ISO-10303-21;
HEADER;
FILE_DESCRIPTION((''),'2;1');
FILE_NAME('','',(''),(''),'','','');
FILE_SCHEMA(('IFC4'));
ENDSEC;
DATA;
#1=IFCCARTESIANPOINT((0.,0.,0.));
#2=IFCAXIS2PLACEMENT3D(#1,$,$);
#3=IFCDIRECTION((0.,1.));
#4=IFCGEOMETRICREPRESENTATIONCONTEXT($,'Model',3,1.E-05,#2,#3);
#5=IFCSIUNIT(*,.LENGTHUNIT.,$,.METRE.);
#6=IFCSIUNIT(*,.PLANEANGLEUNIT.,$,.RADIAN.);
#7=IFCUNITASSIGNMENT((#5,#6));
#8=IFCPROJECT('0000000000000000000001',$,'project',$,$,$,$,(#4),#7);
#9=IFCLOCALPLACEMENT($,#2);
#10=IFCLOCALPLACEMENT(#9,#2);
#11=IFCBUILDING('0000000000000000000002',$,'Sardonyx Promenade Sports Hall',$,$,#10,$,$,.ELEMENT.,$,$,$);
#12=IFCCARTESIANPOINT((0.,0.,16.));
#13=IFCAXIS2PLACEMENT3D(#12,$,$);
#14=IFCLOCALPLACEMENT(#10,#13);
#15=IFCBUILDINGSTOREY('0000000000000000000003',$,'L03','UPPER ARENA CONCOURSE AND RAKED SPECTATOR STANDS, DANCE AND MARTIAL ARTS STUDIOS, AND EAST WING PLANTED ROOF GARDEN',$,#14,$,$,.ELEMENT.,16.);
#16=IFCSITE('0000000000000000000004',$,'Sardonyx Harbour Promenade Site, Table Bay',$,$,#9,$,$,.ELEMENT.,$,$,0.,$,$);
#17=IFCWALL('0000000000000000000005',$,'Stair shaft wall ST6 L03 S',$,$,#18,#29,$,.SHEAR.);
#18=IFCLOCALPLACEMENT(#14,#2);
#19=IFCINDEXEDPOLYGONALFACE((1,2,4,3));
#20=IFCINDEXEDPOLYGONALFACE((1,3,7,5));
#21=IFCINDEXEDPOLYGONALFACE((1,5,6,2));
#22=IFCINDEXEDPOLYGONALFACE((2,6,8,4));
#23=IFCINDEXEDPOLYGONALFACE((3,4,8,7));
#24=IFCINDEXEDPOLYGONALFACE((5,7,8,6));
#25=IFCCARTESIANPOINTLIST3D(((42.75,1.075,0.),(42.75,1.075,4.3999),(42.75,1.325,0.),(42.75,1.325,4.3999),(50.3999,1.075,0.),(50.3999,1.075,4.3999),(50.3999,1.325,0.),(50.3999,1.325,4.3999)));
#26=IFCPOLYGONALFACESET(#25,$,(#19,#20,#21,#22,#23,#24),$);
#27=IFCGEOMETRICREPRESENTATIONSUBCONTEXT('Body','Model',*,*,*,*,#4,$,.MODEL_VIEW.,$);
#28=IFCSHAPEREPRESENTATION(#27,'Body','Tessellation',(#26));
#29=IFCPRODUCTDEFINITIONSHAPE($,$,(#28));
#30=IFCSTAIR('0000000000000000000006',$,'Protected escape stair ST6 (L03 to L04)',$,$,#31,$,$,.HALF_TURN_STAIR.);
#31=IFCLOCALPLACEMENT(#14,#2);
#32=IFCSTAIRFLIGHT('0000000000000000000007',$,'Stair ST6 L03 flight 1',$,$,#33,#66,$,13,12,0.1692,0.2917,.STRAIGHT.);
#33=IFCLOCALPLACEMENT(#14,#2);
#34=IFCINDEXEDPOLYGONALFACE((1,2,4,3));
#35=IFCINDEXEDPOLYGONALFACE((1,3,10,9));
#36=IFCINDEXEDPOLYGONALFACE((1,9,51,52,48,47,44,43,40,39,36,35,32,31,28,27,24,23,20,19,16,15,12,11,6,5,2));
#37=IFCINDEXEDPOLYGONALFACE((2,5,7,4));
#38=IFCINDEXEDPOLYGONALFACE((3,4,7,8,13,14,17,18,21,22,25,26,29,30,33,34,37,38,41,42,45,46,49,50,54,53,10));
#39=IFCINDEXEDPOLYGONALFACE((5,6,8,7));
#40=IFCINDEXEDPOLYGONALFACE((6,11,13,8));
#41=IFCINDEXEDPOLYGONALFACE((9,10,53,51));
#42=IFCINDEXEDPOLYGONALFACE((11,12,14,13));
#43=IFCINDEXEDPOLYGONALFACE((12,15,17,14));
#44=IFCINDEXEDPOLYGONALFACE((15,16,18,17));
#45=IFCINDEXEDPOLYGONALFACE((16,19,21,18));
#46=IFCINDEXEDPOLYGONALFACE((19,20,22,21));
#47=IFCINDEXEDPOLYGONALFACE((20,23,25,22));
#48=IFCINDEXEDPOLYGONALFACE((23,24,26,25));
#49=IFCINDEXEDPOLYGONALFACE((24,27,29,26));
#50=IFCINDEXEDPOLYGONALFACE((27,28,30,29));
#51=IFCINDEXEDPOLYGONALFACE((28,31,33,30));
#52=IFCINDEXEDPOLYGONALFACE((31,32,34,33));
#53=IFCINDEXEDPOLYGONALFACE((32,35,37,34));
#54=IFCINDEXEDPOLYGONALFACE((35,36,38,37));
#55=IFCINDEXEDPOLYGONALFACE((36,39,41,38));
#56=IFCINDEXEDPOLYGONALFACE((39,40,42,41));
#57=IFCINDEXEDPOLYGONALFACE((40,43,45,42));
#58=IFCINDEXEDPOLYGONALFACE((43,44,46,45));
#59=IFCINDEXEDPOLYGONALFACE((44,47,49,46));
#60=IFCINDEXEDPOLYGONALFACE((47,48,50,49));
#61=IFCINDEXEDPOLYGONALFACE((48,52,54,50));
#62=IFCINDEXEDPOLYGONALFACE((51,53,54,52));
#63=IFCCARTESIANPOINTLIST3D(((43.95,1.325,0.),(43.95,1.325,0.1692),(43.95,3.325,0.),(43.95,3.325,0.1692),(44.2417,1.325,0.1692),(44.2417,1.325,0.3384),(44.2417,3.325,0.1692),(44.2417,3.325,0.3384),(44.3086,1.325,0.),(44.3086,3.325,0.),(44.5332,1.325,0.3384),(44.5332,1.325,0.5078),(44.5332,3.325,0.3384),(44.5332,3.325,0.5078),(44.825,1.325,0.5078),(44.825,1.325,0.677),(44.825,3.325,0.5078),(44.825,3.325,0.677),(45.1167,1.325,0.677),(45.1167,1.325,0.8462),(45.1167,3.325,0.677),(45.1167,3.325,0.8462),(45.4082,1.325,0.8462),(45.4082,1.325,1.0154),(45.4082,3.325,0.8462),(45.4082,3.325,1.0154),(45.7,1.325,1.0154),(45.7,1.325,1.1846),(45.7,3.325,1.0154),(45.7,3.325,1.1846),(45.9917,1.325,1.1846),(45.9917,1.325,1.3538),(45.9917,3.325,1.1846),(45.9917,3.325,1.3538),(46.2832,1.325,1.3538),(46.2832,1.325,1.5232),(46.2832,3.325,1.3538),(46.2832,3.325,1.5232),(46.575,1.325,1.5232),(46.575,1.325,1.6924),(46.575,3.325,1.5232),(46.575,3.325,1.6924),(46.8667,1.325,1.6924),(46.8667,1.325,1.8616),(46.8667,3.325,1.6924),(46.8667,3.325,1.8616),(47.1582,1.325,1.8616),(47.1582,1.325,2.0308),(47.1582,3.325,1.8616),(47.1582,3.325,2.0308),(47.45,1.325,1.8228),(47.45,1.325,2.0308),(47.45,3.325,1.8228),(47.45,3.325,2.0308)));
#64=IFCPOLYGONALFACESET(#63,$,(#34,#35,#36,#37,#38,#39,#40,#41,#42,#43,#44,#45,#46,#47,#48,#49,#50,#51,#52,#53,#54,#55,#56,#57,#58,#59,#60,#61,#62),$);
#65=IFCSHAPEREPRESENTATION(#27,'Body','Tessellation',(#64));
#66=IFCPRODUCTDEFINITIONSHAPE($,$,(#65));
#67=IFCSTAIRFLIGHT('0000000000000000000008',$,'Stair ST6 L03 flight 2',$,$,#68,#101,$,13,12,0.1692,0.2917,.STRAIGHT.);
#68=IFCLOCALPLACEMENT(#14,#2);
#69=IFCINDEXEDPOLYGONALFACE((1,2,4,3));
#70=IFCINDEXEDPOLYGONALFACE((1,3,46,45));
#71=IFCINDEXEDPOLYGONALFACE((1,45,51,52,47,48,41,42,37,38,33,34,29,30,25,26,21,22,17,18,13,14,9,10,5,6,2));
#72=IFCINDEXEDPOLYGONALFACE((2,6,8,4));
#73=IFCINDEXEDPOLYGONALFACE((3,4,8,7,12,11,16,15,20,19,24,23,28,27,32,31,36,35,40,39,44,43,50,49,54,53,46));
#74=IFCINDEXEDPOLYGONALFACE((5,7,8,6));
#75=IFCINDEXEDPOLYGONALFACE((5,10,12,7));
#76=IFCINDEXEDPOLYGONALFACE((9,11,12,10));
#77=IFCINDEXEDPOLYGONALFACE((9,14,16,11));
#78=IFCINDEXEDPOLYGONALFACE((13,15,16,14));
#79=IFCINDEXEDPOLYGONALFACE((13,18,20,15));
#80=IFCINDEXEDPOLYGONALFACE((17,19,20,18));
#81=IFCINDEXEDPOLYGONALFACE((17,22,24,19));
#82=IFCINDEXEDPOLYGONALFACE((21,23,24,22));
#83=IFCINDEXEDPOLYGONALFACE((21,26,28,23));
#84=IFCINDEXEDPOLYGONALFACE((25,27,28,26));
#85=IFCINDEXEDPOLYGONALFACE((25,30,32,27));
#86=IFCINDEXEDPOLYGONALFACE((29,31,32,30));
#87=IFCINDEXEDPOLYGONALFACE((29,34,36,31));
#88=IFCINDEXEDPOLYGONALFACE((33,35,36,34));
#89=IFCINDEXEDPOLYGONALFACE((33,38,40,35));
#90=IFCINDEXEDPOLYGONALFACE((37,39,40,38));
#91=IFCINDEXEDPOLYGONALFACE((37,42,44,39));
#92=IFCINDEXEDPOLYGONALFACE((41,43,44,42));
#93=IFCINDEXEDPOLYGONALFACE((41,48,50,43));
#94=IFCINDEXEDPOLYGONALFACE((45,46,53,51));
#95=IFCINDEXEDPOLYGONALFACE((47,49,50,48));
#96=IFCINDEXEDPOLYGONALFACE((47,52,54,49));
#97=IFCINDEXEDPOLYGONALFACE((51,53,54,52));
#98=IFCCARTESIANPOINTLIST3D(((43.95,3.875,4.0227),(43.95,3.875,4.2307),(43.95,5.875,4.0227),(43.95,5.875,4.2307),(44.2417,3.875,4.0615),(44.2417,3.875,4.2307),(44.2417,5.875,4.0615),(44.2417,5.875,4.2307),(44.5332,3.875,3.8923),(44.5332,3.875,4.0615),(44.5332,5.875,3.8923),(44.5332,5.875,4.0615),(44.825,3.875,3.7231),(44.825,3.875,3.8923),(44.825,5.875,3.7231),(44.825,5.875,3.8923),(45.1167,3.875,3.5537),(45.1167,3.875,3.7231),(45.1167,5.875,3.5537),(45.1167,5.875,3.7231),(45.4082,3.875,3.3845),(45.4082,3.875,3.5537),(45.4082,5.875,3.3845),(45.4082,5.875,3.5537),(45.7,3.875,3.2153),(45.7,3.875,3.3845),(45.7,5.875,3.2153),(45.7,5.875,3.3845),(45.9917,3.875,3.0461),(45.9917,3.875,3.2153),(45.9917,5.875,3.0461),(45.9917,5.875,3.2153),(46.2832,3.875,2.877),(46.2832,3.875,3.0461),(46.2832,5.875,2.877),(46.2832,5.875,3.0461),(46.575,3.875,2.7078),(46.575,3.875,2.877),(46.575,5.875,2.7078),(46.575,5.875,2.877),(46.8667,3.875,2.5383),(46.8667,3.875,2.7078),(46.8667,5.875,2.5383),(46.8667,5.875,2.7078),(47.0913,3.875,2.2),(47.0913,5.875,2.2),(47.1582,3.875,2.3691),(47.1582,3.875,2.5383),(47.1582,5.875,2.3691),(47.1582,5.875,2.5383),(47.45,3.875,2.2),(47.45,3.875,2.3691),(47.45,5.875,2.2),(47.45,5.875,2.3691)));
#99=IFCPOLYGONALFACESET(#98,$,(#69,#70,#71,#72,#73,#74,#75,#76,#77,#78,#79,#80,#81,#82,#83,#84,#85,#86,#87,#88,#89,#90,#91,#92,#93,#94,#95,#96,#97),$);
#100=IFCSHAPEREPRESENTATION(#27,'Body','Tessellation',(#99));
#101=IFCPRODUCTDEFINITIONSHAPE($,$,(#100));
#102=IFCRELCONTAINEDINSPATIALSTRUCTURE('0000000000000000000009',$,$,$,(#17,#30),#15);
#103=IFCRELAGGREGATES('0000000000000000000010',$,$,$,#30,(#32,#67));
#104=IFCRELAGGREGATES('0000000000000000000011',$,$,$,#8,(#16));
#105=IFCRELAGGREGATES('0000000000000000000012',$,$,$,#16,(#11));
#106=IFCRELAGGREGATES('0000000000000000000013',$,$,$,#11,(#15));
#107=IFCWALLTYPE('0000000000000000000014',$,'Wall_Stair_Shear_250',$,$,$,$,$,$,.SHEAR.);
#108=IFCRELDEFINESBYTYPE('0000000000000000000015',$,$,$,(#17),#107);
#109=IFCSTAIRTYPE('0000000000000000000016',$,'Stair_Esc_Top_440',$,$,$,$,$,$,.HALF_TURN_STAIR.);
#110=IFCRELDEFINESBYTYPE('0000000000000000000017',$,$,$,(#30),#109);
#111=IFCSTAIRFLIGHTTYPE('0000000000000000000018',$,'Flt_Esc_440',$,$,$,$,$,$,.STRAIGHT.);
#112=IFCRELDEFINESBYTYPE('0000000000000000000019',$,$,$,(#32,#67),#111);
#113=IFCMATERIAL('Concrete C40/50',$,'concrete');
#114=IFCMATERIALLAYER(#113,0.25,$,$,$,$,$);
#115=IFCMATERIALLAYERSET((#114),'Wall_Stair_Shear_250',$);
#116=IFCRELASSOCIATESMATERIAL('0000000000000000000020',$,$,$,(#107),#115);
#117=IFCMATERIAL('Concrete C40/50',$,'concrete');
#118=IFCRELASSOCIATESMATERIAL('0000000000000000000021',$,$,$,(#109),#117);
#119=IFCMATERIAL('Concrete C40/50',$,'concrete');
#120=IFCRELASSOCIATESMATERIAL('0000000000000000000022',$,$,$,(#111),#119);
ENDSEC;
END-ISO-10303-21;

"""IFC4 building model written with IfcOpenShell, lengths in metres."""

from ifc_helpers import new_model, si_unit, direction, frame, frame_2d, origin, place, context, subcontext, project, spatial, polyline, rectangle, outline, extrude, material, layer, layer_set, type_object, element, aggregate, save


model = new_model("IFC4")

# Units and contexts
model_context = context("Model", 3, precision=1e-05, world=origin(), true_north=direction((0.0, 1.0)))
body_context = subcontext(model_context, "Body", "Model", "MODEL_VIEW")
ifc_project = project(units=[si_unit("LENGTHUNIT", "METRE"), si_unit("PLANEANGLEUNIT", "RADIAN")], contexts=[model_context])

# Site, building, storey
site_placement = place(None, origin())
site = spatial("IfcSite", under=ifc_project, at=site_placement, Name="Sardonyx Harbour Promenade Site, Table Bay", CompositionType="ELEMENT", RefElevation=0.0)
building_placement = place(site_placement, origin())
building = spatial("IfcBuilding", under=site, at=building_placement, Name="Sardonyx Promenade Sports Hall", CompositionType="ELEMENT")
storey_placement = place(building_placement, frame((0.0, 0.0, 16.0)))
storey = spatial("IfcBuildingStorey", under=building, at=storey_placement, Name="L03", Description="UPPER ARENA CONCOURSE AND RAKED SPECTATOR STANDS, DANCE AND MARTIAL ARTS STUDIOS, AND EAST WING PLANTED ROOF GARDEN", CompositionType="ELEMENT", Elevation=16.0)

# Wall
ifc_material_1 = material(Name="Concrete C40/50", Category="concrete")
ifc_layer_1 = layer(ifc_material_1, 0.25)
ifc_layer_set_1 = layer_set([ifc_layer_1], Name="Wall_Stair_Shear_250")
wall_type_1 = type_object("IfcWallType", Name="Wall_Stair_Shear_250", PredefinedType="SHEAR", material=ifc_layer_set_1)
wall_1_placement = place(storey_placement, frame((50.3999, 1.2, 0.0), z_axis=(0.0, 0.0, 1.0), x_axis=(-1.0, 0.0, 0.0)))
element("IfcWall", 1, at=wall_1_placement, inside=storey, type_object=wall_type_1, Name="Stair shaft wall ST6 L03 S", PredefinedType="SHEAR", context=body_context, shape_type="SweptSolid", body=[
    extrude(rectangle(XDim=7.6499, YDim=0.25, at=frame_2d((3.825, 0.0))), origin(), (0.0, 0.0, 1.0), 4.3999),
])

# Stair, stair flights
ifc_material_2 = material(Name="Concrete C40/50", Category="concrete")
stair_type = type_object("IfcStairType", Name="Stair_Esc_Top_440", PredefinedType="HALF_TURN_STAIR", material=ifc_material_2)
stair_placement = place(storey_placement, origin())
stair = element("IfcStair", 2, at=stair_placement, inside=storey, type_object=stair_type, Name="Protected escape stair ST6 (L03 to L04)", PredefinedType="HALF_TURN_STAIR")
ifc_material_3 = material(Name="Concrete C40/50", Category="concrete")
stair_flight_type = type_object("IfcStairFlightType", Name="Flt_Esc_440", PredefinedType="STRAIGHT", material=ifc_material_3)
stair_flight_1_placement = place(storey_placement, frame((43.95, 2.325, 0.0), z_axis=(0.0, 0.0, 1.0), x_axis=(1.0, 0.0, 0.0)))
stair_flight_1 = element("IfcStairFlight", 3, at=stair_flight_1_placement, type_object=stair_flight_type, Name="Stair ST6 L03 flight 1", NumberOfRisers=13, NumberOfTreads=12, PredefinedType="STRAIGHT", RiserHeight=0.1692, TreadLength=0.2917, context=body_context, shape_type="SweptSolid", body=[
    extrude(outline(polyline([(0.0, 0.0), (0.0, 0.1692), (0.2917, 0.1692), (0.2917, 0.3384), (0.5833, 0.3384), (0.5833, 0.5078), (0.875, 0.5078), (0.875, 0.677), (1.1667, 0.677), (1.1667, 0.8462), (1.4583, 0.8462), (1.4583, 1.0154), (1.75, 1.0154), (1.75, 1.1846), (2.0417, 1.1846), (2.0417, 1.3538), (2.3333, 1.3538), (2.3333, 1.5232), (2.625, 1.5232), (2.625, 1.6924), (2.9167, 1.6924), (2.9167, 1.8616), (3.2083, 1.8616), (3.2083, 2.0308), (3.5, 2.0308), (3.5, 2.2), (3.5, 1.8228), (0.3586, 0.0), (0.0, 0.0)])), frame((0.0, 1.0, 0.0), z_axis=(0.0, -1.0, 0.0), x_axis=(1.0, 0.0, 0.0)), (0.0, 0.0, 1.0), 2.0),
])
stair_flight_2_placement = place(storey_placement, frame((47.45, 4.875, 2.2), z_axis=(0.0, 0.0, 1.0), x_axis=(-1.0, 0.0, 0.0)))
stair_flight_2 = element("IfcStairFlight", 4, at=stair_flight_2_placement, type_object=stair_flight_type, Name="Stair ST6 L03 flight 2", NumberOfRisers=13, NumberOfTreads=12, PredefinedType="STRAIGHT", RiserHeight=0.1692, TreadLength=0.2917, context=body_context, shape_type="SweptSolid", body=[
    extrude(outline(polyline([(0.0, 0.0), (0.0, 0.1692), (0.2917, 0.1692), (0.2917, 0.3384), (0.5833, 0.3384), (0.5833, 0.5078), (0.875, 0.5078), (0.875, 0.677), (1.1667, 0.677), (1.1667, 0.8462), (1.4583, 0.8462), (1.4583, 1.0154), (1.75, 1.0154), (1.75, 1.1846), (2.0417, 1.1846), (2.0417, 1.3538), (2.3333, 1.3538), (2.3333, 1.5232), (2.625, 1.5232), (2.625, 1.6924), (2.9167, 1.6924), (2.9167, 1.8616), (3.2083, 1.8616), (3.2083, 2.0308), (3.5, 2.0308), (3.5, 2.2), (3.5, 1.8228), (0.3586, 0.0), (0.0, 0.0)])), frame((0.0, 1.0, 0.0), z_axis=(0.0, -1.0, 0.0), x_axis=(1.0, 0.0, 0.0)), (0.0, 0.0, 1.0), 2.0),
])
aggregate(stair, [stair_flight_1, stair_flight_2])

save(model, "model.ifc")
